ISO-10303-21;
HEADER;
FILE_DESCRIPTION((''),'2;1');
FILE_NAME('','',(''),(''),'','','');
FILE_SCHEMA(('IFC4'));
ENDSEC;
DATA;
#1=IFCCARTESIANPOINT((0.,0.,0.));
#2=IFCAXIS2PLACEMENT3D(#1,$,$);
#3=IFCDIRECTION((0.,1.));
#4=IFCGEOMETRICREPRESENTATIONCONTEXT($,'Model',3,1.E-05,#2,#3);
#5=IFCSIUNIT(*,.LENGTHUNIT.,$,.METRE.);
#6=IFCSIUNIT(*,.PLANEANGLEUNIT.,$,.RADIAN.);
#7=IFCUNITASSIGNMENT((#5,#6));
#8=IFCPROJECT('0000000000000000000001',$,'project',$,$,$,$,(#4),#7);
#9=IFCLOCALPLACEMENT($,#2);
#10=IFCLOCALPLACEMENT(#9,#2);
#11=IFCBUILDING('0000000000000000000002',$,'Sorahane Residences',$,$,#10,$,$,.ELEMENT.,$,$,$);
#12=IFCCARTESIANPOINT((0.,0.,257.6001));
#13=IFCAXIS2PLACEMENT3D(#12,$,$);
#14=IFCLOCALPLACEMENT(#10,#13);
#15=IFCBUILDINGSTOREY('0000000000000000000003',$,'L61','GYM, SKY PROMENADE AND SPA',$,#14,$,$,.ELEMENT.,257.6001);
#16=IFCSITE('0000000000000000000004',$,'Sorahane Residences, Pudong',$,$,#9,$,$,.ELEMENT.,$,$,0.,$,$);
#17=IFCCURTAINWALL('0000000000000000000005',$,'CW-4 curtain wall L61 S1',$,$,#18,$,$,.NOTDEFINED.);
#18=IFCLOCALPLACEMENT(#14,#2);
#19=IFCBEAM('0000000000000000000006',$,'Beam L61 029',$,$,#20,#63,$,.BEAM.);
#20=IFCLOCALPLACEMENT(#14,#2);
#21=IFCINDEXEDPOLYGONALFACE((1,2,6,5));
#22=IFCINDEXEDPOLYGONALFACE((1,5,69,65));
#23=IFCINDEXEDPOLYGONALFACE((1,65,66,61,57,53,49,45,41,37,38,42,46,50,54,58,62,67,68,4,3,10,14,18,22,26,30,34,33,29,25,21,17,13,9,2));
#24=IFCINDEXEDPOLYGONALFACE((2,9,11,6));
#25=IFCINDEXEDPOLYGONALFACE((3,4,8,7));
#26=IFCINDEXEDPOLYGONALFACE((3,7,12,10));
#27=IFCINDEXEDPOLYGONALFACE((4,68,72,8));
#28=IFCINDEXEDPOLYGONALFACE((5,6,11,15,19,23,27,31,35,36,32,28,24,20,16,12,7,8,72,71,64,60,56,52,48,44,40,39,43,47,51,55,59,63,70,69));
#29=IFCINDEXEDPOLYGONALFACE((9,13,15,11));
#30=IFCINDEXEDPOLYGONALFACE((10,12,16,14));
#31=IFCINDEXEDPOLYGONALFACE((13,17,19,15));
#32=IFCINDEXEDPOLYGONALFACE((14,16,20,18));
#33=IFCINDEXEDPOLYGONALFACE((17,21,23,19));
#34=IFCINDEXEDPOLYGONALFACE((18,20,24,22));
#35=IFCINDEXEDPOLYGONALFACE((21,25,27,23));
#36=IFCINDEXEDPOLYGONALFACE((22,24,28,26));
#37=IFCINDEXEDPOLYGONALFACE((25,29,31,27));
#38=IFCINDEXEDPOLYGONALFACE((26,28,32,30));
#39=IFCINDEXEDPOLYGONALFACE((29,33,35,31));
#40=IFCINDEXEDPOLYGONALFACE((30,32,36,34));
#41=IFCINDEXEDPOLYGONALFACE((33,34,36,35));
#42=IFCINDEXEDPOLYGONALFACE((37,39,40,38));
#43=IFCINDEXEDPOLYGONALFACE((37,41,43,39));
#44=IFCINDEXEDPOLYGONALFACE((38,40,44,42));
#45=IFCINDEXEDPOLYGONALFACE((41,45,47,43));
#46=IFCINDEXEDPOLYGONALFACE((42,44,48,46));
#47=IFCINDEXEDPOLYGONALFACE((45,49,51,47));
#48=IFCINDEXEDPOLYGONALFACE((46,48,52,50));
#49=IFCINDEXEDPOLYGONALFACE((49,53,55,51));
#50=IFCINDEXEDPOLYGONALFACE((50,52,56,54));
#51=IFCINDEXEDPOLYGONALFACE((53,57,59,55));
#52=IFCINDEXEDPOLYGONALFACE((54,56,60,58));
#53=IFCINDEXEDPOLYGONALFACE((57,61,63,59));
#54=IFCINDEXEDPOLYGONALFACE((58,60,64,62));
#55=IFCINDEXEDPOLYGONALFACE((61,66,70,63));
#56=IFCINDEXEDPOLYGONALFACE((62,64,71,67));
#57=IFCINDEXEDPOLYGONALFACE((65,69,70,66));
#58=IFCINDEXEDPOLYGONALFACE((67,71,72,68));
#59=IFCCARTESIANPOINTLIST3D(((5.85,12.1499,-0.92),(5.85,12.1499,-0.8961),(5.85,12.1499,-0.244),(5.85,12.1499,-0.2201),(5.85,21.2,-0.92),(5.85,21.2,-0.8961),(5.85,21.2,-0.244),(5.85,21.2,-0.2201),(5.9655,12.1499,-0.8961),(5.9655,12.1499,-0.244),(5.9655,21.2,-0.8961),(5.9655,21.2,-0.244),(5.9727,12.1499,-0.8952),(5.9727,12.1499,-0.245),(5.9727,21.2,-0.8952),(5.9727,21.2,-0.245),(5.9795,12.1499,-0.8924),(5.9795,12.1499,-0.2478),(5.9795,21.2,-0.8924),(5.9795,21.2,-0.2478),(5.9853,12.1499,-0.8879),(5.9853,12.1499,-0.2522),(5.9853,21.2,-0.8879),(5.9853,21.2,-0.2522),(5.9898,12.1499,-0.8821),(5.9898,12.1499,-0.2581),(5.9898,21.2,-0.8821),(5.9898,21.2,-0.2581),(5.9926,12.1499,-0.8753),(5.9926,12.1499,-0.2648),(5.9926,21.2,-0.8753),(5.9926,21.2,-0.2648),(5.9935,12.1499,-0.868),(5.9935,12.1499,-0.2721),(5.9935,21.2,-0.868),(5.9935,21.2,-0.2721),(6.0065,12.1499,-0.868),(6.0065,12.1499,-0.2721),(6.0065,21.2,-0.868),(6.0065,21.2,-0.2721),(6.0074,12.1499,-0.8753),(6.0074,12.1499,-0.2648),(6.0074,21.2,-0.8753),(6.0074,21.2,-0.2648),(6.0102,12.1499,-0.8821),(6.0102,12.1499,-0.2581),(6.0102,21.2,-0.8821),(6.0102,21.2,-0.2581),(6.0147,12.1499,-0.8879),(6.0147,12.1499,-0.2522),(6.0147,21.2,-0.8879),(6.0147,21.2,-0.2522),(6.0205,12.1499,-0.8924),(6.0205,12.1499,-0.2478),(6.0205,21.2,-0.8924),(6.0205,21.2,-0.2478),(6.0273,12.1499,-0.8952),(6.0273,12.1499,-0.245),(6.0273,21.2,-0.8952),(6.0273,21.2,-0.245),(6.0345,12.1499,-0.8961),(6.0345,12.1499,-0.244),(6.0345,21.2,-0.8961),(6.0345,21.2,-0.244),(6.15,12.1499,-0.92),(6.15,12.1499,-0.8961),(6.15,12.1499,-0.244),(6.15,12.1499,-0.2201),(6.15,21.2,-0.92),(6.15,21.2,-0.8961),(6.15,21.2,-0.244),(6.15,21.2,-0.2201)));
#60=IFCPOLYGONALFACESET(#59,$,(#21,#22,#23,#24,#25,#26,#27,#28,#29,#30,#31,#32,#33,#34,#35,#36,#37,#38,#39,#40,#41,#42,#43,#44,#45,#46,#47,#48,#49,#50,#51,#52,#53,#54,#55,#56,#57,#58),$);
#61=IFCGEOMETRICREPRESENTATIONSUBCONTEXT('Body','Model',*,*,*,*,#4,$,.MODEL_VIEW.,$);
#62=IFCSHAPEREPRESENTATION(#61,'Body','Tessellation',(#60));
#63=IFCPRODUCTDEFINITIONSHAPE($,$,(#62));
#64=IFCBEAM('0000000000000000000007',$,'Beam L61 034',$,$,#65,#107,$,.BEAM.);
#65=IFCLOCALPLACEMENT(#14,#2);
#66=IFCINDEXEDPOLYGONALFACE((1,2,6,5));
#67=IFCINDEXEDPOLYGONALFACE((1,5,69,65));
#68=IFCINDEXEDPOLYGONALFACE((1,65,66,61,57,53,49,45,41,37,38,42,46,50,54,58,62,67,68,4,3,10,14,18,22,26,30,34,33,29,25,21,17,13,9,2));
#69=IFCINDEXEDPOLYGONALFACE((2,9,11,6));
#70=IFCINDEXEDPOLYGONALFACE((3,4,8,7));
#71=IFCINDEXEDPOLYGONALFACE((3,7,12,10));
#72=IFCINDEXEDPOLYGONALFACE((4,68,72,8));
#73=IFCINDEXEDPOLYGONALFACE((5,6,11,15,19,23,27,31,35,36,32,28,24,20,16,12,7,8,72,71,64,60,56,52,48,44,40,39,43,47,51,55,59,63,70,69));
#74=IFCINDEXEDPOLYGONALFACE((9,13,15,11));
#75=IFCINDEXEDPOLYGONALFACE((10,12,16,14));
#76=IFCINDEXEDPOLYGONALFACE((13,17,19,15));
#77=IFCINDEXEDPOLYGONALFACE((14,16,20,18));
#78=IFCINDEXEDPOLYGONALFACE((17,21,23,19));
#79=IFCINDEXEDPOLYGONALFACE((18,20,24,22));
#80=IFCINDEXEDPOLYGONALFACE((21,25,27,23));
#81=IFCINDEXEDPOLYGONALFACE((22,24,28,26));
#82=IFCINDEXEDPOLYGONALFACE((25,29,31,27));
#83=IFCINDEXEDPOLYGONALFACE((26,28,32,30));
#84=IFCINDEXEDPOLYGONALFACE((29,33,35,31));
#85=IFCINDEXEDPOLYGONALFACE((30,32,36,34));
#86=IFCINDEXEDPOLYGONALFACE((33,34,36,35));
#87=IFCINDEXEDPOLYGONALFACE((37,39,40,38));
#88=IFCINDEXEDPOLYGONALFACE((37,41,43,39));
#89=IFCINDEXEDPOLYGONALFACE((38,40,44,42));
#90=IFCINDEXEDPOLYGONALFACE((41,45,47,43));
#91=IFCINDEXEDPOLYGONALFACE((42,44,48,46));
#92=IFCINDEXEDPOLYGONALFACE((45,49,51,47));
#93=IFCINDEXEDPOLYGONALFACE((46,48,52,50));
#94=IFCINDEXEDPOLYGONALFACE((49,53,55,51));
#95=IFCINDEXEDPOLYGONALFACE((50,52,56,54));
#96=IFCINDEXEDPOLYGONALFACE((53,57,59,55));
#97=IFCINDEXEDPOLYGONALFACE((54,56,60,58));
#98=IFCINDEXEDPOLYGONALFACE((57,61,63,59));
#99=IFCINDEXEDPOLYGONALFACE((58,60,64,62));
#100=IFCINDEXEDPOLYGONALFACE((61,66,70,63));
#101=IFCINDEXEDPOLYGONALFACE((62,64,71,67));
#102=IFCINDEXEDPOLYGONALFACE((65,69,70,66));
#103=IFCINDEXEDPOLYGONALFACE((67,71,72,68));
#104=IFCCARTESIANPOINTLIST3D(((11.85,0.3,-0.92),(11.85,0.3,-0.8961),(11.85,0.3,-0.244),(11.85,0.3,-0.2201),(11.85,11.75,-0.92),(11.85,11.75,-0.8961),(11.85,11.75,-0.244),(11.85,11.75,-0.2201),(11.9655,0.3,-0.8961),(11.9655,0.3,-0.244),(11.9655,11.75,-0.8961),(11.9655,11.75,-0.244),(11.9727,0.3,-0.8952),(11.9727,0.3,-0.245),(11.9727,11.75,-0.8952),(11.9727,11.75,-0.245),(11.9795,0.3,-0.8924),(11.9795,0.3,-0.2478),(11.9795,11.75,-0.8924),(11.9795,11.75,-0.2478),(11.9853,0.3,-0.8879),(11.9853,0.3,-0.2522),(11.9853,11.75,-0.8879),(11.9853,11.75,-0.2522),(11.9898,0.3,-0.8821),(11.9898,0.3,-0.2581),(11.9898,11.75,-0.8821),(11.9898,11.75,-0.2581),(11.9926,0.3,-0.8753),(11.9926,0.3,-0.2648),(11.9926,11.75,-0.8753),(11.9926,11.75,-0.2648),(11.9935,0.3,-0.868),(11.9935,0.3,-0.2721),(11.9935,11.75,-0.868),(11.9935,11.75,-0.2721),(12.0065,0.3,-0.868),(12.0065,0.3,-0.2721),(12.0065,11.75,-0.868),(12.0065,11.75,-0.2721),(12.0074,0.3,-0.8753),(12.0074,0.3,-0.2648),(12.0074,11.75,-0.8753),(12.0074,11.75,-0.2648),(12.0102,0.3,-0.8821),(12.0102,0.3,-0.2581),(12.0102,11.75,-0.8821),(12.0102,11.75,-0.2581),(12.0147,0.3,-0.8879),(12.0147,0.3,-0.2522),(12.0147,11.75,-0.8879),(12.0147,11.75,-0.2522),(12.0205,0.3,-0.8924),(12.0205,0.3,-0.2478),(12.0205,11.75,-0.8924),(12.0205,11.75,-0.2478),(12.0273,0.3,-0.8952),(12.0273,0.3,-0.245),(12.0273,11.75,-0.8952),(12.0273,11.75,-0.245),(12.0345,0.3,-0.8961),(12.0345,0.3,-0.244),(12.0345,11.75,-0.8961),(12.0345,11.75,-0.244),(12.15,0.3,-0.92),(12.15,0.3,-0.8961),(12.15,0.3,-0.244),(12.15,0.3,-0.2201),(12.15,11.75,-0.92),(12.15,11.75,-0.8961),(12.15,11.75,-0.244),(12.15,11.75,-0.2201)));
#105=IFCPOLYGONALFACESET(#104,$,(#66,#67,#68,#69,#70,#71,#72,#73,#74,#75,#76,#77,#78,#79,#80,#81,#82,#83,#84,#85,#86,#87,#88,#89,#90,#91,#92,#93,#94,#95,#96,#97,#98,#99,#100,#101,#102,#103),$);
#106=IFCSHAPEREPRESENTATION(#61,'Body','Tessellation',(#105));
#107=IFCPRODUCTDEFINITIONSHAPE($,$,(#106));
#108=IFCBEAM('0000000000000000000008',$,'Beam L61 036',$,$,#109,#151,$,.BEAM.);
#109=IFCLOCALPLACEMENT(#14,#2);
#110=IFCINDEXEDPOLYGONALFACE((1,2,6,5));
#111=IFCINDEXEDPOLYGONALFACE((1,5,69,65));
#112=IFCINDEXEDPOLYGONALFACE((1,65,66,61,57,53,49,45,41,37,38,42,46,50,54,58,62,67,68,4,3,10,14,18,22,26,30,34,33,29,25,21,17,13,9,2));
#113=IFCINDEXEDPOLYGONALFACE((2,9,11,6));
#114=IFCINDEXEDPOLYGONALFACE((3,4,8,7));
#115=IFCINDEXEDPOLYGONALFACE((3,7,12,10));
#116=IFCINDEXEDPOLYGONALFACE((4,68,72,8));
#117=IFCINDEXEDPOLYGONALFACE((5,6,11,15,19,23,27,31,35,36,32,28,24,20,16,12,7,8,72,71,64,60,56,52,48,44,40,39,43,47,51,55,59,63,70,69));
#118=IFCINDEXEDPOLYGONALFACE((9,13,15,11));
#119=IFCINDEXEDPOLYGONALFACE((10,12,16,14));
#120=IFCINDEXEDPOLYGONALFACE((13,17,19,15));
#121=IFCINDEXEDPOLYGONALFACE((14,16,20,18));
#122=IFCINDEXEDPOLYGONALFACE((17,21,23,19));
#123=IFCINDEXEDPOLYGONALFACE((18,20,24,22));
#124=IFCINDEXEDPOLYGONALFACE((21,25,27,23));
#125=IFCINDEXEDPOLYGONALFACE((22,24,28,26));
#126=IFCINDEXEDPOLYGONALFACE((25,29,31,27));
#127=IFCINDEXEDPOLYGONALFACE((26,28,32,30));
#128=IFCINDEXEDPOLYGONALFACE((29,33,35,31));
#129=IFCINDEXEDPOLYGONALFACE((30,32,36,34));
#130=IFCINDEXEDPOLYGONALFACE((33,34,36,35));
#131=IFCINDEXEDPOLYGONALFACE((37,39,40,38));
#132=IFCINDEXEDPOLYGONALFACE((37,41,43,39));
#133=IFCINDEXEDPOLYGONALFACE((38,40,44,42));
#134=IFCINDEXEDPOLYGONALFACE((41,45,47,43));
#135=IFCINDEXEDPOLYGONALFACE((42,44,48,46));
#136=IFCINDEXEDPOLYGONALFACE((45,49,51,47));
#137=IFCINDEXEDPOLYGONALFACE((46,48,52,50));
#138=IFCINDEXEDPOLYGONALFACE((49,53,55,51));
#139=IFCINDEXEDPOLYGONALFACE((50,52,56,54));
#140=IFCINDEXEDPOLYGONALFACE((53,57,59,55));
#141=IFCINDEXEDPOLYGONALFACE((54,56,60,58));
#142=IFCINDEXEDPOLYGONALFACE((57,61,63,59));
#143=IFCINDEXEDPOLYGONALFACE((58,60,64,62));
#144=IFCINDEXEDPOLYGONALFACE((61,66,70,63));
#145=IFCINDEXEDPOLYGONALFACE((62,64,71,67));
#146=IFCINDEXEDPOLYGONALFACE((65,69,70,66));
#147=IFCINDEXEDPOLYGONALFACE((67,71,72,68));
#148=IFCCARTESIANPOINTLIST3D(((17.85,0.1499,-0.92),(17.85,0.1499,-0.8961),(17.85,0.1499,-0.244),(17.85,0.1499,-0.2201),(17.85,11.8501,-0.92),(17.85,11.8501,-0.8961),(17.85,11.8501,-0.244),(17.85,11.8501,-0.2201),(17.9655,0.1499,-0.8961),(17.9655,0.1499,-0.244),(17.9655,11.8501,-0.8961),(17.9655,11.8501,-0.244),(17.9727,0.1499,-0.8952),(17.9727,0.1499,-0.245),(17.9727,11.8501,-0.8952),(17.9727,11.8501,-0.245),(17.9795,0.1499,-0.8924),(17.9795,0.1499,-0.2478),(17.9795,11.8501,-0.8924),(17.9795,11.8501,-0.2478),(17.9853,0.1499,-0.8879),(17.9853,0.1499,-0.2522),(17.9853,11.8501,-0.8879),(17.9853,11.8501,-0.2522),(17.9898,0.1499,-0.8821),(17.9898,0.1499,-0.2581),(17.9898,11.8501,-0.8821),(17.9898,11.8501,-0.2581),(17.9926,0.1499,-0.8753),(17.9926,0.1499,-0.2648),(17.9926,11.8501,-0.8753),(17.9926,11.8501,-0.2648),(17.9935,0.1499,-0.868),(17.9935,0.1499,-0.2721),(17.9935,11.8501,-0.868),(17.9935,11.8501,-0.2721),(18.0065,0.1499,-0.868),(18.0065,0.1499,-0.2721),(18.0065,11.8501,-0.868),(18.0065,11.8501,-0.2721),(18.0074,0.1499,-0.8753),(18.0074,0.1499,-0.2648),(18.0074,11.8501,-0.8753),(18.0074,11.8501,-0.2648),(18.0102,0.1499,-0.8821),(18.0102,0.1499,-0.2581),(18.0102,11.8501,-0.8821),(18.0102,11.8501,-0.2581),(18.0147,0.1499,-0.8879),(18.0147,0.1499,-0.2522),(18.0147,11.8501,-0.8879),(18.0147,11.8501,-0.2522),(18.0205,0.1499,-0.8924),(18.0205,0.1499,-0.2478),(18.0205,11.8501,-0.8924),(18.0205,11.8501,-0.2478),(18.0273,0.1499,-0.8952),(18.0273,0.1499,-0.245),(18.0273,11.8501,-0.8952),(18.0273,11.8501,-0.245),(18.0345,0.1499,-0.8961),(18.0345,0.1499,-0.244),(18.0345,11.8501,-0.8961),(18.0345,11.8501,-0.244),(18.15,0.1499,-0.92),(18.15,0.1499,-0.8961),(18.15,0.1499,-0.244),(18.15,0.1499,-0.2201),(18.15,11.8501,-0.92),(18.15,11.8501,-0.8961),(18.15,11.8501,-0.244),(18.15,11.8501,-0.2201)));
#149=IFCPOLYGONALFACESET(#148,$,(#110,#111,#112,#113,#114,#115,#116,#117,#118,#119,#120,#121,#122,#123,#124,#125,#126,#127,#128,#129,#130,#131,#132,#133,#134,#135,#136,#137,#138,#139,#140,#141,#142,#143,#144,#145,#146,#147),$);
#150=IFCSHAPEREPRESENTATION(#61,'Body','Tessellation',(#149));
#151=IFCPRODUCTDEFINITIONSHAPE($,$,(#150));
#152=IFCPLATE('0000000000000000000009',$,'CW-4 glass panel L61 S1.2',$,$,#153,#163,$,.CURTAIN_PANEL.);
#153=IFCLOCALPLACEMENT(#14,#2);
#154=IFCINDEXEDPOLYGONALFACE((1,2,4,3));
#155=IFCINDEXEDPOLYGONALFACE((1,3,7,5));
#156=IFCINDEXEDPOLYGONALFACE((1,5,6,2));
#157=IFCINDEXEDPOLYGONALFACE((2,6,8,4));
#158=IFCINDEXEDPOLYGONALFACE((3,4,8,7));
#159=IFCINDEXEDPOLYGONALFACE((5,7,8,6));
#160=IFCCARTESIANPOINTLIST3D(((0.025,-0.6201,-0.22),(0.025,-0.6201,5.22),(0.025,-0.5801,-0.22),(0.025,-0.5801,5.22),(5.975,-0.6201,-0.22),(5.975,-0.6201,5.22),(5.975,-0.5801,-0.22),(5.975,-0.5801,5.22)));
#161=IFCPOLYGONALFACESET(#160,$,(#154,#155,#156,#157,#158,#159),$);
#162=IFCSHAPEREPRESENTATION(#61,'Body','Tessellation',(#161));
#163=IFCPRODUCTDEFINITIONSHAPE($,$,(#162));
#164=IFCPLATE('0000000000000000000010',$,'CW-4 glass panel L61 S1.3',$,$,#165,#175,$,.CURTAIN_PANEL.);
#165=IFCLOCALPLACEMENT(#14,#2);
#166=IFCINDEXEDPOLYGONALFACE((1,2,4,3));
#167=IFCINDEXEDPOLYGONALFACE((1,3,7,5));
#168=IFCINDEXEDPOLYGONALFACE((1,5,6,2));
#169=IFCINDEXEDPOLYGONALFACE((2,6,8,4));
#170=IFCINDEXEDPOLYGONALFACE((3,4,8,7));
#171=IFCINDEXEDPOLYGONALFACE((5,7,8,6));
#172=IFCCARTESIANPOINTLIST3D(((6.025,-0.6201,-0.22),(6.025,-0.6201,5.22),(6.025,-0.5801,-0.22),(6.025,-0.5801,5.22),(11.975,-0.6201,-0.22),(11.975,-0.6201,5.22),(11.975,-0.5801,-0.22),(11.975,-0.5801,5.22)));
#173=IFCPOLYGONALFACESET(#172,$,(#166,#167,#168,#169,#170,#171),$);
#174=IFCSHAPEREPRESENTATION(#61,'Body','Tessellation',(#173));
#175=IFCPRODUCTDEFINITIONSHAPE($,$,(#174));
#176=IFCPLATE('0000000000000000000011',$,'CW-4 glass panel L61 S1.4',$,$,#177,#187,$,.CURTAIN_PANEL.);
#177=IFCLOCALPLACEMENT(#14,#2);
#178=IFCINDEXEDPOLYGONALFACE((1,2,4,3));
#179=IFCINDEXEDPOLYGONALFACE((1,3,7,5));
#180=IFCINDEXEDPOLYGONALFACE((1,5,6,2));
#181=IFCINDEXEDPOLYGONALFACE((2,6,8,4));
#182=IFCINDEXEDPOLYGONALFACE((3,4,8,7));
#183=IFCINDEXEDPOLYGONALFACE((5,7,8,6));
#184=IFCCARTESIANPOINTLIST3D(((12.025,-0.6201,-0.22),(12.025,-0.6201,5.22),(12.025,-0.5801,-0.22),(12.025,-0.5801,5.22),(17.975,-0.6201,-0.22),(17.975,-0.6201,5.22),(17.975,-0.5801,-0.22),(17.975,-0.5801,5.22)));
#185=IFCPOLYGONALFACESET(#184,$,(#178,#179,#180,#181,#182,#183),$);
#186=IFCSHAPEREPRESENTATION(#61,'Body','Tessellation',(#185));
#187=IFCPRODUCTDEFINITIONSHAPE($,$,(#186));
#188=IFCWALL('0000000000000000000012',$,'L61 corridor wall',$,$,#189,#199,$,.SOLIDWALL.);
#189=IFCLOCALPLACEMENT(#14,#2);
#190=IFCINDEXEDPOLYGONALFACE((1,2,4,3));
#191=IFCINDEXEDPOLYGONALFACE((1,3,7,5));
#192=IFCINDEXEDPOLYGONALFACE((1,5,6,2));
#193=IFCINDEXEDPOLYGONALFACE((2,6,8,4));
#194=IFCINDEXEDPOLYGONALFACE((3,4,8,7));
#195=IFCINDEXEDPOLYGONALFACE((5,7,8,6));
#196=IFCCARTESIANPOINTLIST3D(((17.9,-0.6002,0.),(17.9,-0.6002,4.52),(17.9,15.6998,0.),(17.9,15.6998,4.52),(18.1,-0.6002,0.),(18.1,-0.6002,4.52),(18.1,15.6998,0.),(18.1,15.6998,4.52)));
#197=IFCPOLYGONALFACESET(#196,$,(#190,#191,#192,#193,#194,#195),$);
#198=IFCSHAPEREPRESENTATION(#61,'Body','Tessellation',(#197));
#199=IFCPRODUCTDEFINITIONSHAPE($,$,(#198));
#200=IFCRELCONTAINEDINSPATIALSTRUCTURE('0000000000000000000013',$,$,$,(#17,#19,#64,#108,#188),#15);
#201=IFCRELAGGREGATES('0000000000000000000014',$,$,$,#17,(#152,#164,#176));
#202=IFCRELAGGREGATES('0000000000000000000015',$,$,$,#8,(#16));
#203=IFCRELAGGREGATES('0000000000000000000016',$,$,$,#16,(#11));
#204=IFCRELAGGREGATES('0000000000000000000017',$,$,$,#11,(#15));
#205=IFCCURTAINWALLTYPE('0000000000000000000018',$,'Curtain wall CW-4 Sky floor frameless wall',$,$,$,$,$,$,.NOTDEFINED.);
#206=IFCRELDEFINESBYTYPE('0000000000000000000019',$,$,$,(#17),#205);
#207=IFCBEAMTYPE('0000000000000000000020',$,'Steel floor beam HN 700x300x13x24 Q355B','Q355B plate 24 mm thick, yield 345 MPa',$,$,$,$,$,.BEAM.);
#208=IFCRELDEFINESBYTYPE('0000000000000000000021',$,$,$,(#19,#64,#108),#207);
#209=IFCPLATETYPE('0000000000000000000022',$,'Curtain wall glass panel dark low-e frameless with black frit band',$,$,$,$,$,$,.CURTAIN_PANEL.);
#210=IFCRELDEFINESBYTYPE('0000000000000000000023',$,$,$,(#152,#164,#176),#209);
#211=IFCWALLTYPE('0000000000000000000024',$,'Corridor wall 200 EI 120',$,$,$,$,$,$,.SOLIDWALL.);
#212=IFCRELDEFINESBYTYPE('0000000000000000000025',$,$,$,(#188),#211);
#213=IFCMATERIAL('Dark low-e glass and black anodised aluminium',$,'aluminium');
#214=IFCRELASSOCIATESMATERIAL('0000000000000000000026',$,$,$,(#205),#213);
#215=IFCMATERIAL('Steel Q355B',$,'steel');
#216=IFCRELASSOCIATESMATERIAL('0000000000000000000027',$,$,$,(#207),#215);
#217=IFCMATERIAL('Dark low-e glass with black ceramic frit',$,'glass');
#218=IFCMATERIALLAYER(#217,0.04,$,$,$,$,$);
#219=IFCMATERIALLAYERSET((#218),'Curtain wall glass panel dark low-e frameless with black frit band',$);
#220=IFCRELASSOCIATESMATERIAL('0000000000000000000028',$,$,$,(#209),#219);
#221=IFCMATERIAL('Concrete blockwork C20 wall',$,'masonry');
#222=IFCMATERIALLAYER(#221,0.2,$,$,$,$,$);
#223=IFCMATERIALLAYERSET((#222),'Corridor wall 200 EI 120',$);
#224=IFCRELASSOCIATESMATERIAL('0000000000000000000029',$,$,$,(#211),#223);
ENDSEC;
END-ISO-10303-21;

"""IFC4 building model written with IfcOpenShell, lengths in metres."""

from ifc_helpers import new_model, si_unit, direction, frame, frame_2d, origin, origin_2d, place, context, subcontext, project, spatial, rectangle, i_section, extrude, material, layer, layer_set, material_profile, profile_set, type_object, element, aggregate, save


model = new_model("IFC4")

# Units and contexts
model_context = context("Model", 3, precision=1e-05, world=origin(), true_north=direction((0.0, 1.0)))
body_context = subcontext(model_context, "Body", "Model", "MODEL_VIEW")
ifc_project = project(units=[si_unit("LENGTHUNIT", "METRE"), si_unit("PLANEANGLEUNIT", "RADIAN")], contexts=[model_context])

# Site, building, storey
site_placement = place(None, origin())
site = spatial("IfcSite", under=ifc_project, at=site_placement, Name="Sorahane Residences, Pudong", CompositionType="ELEMENT", RefElevation=0.0)
building_placement = place(site_placement, origin())
building = spatial("IfcBuilding", under=site, at=building_placement, Name="Sorahane Residences", CompositionType="ELEMENT")
storey_placement = place(building_placement, frame((0.0, 0.0, 257.6001)))
storey = spatial("IfcBuildingStorey", under=building, at=storey_placement, Name="L61", Description="GYM, SKY PROMENADE AND SPA", CompositionType="ELEMENT", Elevation=257.6001)

# Curtain wall
ifc_material_1 = material(Name="Dark low-e glass and black anodised aluminium", Category="aluminium")
curtain_wall_type = type_object("IfcCurtainWallType", Name="Curtain wall CW-4 Sky floor frameless wall", PredefinedType="NOTDEFINED", material=ifc_material_1)
curtain_wall_placement = place(storey_placement, origin())
curtain_wall = element("IfcCurtainWall", 1, at=curtain_wall_placement, inside=storey, type_object=curtain_wall_type, Name="CW-4 curtain wall L61 S1", PredefinedType="NOTDEFINED")

# Beams
ifc_material_2 = material(Name="Steel Q355B", Category="steel")
ifc_material_profile_1 = material_profile(ifc_material_2, i_section(OverallWidth=0.3, OverallDepth=0.7, WebThickness=0.0129, FlangeThickness=0.0239, FilletRadius=0.0281, at=origin_2d()), Name="HN 700x300x13x24")
ifc_profile_set_1 = profile_set([ifc_material_profile_1], Name="Steel Q355B")
beam_type_1 = type_object("IfcBeamType", Name="Steel floor beam HN 700x300x13x24 Q355B", Description="Q355B plate 24 mm thick, yield 345 MPa", PredefinedType="BEAM", material=ifc_profile_set_1)
beam_1_placement = place(storey_placement, frame((6.0, 12.1499, -0.5701), z_axis=(0.0, 1.0, 0.0), x_axis=(-1.0, 0.0, 0.0)))
element("IfcBeam", 2, at=beam_1_placement, inside=storey, type_object=beam_type_1, Name="Beam L61 029", PredefinedType="BEAM", context=body_context, shape_type="SweptSolid", body=[
    extrude(i_section(OverallWidth=0.3, OverallDepth=0.7, WebThickness=0.0129, FlangeThickness=0.0239, FilletRadius=0.0281, at=origin_2d()), origin(), (0.0, 0.0, 1.0), 9.05),
])
beam_2_placement = place(storey_placement, frame((12.0, 0.3, -0.5701), z_axis=(0.0, 1.0, 0.0), x_axis=(-1.0, 0.0, 0.0)))
element("IfcBeam", 3, at=beam_2_placement, inside=storey, type_object=beam_type_1, Name="Beam L61 034", PredefinedType="BEAM", context=body_context, shape_type="SweptSolid", body=[
    extrude(i_section(OverallWidth=0.3, OverallDepth=0.7, WebThickness=0.0129, FlangeThickness=0.0239, FilletRadius=0.0281, at=origin_2d()), origin(), (0.0, 0.0, 1.0), 11.45),
])
beam_3_placement = place(storey_placement, frame((18.0, 0.1499, -0.5701), z_axis=(0.0, 1.0, 0.0), x_axis=(-1.0, 0.0, 0.0)))
element("IfcBeam", 4, at=beam_3_placement, inside=storey, type_object=beam_type_1, Name="Beam L61 036", PredefinedType="BEAM", context=body_context, shape_type="SweptSolid", body=[
    extrude(i_section(OverallWidth=0.3, OverallDepth=0.7, WebThickness=0.0129, FlangeThickness=0.0239, FilletRadius=0.0281, at=origin_2d()), origin(), (0.0, 0.0, 1.0), 11.7002),
])

# Plates
ifc_material_3 = material(Name="Dark low-e glass with black ceramic frit", Category="glass")
ifc_layer_1 = layer(ifc_material_3, 0.04)
ifc_layer_set_1 = layer_set([ifc_layer_1], Name="Curtain wall glass panel dark low-e frameless with black frit band")
plate_type = type_object("IfcPlateType", Name="Curtain wall glass panel dark low-e frameless with black frit band", PredefinedType="CURTAIN_PANEL", material=ifc_layer_set_1)
plate_1_placement = place(storey_placement, frame((3.0, -0.6001, -0.22), z_axis=(0.0, 0.0, 1.0), x_axis=(1.0, 0.0, 0.0)))
plate_1 = element("IfcPlate", 5, at=plate_1_placement, type_object=plate_type, Name="CW-4 glass panel L61 S1.2", PredefinedType="CURTAIN_PANEL", context=body_context, shape_type="SweptSolid", body=[
    extrude(rectangle(XDim=5.95, YDim=0.04, at=origin_2d()), origin(), (0.0, 0.0, 1.0), 5.4399),
])
plate_2_placement = place(storey_placement, frame((9.0, -0.6001, -0.22), z_axis=(0.0, 0.0, 1.0), x_axis=(1.0, 0.0, 0.0)))
plate_2 = element("IfcPlate", 6, at=plate_2_placement, type_object=plate_type, Name="CW-4 glass panel L61 S1.3", PredefinedType="CURTAIN_PANEL", context=body_context, shape_type="SweptSolid", body=[
    extrude(rectangle(XDim=5.95, YDim=0.04, at=origin_2d()), origin(), (0.0, 0.0, 1.0), 5.4399),
])
plate_3_placement = place(storey_placement, frame((15.0, -0.6001, -0.22), z_axis=(0.0, 0.0, 1.0), x_axis=(1.0, 0.0, 0.0)))
plate_3 = element("IfcPlate", 7, at=plate_3_placement, type_object=plate_type, Name="CW-4 glass panel L61 S1.4", PredefinedType="CURTAIN_PANEL", context=body_context, shape_type="SweptSolid", body=[
    extrude(rectangle(XDim=5.95, YDim=0.04, at=origin_2d()), origin(), (0.0, 0.0, 1.0), 5.4399),
])
aggregate(curtain_wall, [plate_1, plate_2, plate_3])

# Wall
ifc_material_4 = material(Name="Concrete blockwork C20 wall", Category="masonry")
ifc_layer_2 = layer(ifc_material_4, 0.2)
ifc_layer_set_2 = layer_set([ifc_layer_2], Name="Corridor wall 200 EI 120")
wall_type = type_object("IfcWallType", Name="Corridor wall 200 EI 120", PredefinedType="SOLIDWALL", material=ifc_layer_set_2)
wall_placement = place(storey_placement, frame((18.0, -0.6001, 0.0), z_axis=(0.0, 0.0, 1.0), x_axis=(0.0, 1.0, 0.0)))
element("IfcWall", 8, at=wall_placement, inside=storey, type_object=wall_type, Name="L61 corridor wall", PredefinedType="SOLIDWALL", context=body_context, shape_type="SweptSolid", body=[
    extrude(rectangle(XDim=16.3, YDim=0.2, at=frame_2d((8.1499, 0.0))), origin(), (0.0, 0.0, 1.0), 4.52),
])

save(model, "model.ifc")
